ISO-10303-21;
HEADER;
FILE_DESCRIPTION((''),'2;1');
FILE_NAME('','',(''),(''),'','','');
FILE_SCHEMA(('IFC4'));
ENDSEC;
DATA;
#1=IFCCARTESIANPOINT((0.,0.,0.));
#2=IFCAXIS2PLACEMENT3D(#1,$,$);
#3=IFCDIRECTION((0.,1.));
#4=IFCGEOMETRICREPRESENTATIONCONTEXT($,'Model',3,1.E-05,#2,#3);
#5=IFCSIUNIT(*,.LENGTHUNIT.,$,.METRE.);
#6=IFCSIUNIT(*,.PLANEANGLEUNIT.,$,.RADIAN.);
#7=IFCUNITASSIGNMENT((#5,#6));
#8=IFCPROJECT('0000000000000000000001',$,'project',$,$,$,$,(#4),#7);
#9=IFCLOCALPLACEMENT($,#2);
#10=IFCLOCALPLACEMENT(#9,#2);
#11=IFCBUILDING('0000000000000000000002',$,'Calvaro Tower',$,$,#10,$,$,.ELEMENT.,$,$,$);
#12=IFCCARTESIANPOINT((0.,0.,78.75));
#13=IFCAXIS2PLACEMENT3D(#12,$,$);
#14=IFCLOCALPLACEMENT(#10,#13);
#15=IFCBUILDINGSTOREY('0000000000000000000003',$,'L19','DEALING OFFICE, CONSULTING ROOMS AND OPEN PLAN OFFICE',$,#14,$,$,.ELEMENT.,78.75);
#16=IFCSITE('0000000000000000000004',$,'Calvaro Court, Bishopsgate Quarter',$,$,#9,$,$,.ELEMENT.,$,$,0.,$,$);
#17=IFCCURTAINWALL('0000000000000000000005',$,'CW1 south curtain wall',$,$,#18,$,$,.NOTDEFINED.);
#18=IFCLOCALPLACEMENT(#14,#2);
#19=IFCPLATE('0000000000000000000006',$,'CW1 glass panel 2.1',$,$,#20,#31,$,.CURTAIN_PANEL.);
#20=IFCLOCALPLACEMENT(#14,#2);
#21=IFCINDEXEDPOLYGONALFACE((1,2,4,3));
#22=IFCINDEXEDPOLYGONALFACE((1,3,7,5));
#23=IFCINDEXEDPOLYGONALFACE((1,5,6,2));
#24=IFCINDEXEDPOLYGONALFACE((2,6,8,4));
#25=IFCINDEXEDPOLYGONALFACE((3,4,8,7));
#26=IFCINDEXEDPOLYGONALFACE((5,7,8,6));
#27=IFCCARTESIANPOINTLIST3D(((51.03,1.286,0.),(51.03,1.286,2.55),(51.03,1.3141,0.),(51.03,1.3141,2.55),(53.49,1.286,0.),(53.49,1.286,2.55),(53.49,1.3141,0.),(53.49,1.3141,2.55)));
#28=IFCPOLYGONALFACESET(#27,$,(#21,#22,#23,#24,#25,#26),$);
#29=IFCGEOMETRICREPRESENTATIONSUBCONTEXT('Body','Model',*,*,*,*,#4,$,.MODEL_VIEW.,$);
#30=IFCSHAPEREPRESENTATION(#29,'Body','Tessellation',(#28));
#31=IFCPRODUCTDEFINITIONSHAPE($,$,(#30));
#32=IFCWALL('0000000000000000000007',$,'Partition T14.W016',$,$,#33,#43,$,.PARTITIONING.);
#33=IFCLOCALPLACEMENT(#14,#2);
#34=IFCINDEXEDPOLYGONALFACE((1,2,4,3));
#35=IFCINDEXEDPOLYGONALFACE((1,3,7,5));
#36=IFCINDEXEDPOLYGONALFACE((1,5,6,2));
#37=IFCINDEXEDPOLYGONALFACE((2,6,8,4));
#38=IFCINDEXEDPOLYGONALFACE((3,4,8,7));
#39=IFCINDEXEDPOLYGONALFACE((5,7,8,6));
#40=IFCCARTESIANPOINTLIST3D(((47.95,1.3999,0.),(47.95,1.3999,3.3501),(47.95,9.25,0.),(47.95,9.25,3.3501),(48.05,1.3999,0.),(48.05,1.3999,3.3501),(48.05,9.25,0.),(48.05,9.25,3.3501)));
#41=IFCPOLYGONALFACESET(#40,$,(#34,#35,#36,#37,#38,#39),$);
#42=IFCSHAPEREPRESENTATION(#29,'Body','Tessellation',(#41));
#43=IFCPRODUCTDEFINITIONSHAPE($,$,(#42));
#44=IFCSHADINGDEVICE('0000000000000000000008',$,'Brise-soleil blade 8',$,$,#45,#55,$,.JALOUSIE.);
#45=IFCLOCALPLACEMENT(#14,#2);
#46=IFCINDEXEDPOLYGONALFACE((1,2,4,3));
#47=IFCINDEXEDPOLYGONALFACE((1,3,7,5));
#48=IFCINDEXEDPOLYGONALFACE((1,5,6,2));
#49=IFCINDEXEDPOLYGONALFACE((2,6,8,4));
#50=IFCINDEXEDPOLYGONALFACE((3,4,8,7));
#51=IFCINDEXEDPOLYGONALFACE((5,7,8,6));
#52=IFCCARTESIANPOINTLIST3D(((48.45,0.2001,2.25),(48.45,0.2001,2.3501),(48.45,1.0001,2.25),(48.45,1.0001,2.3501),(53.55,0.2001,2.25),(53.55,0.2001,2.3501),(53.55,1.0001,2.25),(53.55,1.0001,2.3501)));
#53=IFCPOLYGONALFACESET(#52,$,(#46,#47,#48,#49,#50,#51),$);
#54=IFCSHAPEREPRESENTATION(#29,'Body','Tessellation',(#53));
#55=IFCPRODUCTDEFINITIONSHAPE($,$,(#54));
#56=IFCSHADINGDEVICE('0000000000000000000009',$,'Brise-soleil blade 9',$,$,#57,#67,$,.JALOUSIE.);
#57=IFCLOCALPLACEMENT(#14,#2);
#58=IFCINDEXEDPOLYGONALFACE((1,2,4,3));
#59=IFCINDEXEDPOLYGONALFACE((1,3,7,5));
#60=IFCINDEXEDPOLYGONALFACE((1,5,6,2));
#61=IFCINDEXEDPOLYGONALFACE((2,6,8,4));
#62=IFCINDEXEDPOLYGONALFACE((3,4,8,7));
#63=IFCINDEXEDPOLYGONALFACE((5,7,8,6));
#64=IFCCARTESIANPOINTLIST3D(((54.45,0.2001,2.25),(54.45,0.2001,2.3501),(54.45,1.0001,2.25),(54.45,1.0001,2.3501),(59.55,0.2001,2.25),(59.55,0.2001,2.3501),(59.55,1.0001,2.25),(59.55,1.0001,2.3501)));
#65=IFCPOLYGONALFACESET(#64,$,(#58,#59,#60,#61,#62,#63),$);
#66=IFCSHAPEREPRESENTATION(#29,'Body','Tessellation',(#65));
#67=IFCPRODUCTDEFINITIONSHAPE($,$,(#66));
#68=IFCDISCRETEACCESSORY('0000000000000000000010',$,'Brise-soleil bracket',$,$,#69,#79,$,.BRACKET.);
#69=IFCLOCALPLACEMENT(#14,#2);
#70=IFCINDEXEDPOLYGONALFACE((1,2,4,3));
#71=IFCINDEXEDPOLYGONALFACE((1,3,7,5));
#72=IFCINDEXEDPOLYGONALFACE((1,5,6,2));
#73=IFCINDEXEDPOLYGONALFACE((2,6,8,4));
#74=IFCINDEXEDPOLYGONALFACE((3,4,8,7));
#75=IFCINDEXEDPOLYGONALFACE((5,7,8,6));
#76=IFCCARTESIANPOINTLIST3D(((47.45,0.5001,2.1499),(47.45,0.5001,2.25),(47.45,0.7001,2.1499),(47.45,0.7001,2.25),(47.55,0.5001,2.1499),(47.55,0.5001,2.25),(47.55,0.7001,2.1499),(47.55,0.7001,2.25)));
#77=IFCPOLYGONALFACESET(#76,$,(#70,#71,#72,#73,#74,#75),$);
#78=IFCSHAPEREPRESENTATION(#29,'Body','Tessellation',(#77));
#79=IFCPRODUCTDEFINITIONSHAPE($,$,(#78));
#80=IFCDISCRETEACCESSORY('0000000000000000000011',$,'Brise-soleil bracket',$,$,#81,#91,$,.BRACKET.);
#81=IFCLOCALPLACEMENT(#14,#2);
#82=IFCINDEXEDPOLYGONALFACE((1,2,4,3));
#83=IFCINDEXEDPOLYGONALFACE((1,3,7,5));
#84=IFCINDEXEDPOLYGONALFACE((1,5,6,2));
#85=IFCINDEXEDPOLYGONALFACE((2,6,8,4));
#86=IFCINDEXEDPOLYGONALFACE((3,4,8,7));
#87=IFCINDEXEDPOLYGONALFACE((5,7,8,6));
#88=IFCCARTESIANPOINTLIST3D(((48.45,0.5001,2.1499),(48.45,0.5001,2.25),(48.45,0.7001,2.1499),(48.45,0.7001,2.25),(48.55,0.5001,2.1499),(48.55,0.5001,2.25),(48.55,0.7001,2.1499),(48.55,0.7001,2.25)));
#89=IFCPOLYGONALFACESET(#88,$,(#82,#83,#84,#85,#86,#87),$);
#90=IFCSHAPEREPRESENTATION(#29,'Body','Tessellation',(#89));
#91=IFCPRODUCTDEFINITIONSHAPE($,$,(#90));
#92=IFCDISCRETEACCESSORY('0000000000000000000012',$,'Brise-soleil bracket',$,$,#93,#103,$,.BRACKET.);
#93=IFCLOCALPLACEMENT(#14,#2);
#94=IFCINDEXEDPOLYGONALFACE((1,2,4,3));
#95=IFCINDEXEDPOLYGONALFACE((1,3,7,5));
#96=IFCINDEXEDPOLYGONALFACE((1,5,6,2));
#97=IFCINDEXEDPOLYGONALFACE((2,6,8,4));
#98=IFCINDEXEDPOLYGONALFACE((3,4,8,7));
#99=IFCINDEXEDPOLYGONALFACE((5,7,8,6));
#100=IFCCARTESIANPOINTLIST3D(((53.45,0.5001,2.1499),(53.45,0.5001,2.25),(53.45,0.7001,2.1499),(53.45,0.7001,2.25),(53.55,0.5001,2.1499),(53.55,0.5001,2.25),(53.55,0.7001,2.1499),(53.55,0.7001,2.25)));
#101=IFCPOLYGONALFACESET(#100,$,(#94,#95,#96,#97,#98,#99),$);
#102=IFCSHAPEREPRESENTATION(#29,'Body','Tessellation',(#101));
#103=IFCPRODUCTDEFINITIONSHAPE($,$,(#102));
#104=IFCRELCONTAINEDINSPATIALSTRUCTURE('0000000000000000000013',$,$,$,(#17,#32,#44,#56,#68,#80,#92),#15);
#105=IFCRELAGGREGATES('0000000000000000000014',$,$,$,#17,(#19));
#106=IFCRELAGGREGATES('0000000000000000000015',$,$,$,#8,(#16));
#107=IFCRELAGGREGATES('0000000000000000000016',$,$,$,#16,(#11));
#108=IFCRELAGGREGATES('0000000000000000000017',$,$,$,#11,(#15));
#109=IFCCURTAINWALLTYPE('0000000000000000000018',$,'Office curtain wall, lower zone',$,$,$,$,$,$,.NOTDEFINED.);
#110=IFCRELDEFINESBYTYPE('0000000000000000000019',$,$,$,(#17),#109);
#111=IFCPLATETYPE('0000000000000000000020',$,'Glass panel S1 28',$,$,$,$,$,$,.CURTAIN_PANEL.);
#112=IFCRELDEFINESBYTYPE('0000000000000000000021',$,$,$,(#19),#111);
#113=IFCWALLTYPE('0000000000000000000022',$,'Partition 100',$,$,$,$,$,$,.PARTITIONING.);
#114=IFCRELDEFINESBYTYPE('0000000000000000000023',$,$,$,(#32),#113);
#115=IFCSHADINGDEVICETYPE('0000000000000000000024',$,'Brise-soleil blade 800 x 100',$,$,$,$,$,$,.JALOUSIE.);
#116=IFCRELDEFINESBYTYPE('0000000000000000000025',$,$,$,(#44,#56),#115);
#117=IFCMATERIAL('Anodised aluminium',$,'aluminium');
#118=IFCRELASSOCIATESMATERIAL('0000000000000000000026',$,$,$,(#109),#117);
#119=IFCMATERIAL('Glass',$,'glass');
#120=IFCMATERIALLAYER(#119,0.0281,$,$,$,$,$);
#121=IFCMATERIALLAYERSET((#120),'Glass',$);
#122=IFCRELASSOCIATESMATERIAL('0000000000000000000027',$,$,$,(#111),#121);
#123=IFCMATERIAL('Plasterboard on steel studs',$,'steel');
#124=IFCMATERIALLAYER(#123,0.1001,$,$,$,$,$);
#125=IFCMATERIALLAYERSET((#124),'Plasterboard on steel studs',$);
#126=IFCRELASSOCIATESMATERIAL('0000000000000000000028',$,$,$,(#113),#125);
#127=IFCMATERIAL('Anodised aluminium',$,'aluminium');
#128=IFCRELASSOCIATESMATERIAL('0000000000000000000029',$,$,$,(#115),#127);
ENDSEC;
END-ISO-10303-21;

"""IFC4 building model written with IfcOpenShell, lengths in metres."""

from ifc_helpers import new_model, si_unit, direction, frame, frame_2d, origin, origin_2d, place, context, subcontext, project, spatial, rectangle, extrude, material, layer, layer_set, material_profile, profile_set, type_object, element, aggregate, save


model = new_model("IFC4")

# Units and contexts
model_context = context("Model", 3, precision=1e-05, world=origin(), true_north=direction((0.0, 1.0)))
body_context = subcontext(model_context, "Body", "Model", "MODEL_VIEW")
ifc_project = project(units=[si_unit("LENGTHUNIT", "METRE"), si_unit("PLANEANGLEUNIT", "RADIAN")], contexts=[model_context])

# Site, building, storey
site_placement = place(None, origin())
site = spatial("IfcSite", under=ifc_project, at=site_placement, Name="Calvaro Court, Bishopsgate Quarter", CompositionType="ELEMENT", RefElevation=0.0)
building_placement = place(site_placement, origin())
building = spatial("IfcBuilding", under=site, at=building_placement, Name="Calvaro Tower", CompositionType="ELEMENT")
storey_placement = place(building_placement, frame((0.0, 0.0, 78.75)))
storey = spatial("IfcBuildingStorey", under=building, at=storey_placement, Name="L19", Description="DEALING OFFICE, CONSULTING ROOMS AND OPEN PLAN OFFICE", CompositionType="ELEMENT", Elevation=78.75)

# Curtain wall
ifc_material_1 = material(Name="Anodised aluminium", Category="aluminium")
curtain_wall_type = type_object("IfcCurtainWallType", Name="Office curtain wall, lower zone", PredefinedType="NOTDEFINED", material=ifc_material_1)
curtain_wall_1_placement = place(storey_placement, origin())
curtain_wall_1 = element("IfcCurtainWall", 1, at=curtain_wall_1_placement, inside=storey, type_object=curtain_wall_type, Name="CW1 south curtain wall", PredefinedType="NOTDEFINED")

# Plate
ifc_material_2 = material(Name="Glass", Category="glass")
ifc_layer_1 = layer(ifc_material_2, 0.0281)
ifc_layer_set_1 = layer_set([ifc_layer_1], Name="Glass")
plate_type = type_object("IfcPlateType", Name="Glass panel S1 28", PredefinedType="CURTAIN_PANEL", material=ifc_layer_set_1)
plate_1_placement = place(storey_placement, frame((52.26, 1.3, 0.0), z_axis=(0.0, 0.0, 1.0), x_axis=(1.0, 0.0, 0.0)))
plate_1 = element("IfcPlate", 2, at=plate_1_placement, type_object=plate_type, Name="CW1 glass panel 2.1", PredefinedType="CURTAIN_PANEL", context=body_context, shape_type="SweptSolid", body=[
    extrude(rectangle(XDim=2.46, YDim=0.0281, at=origin_2d()), origin(), (0.0, 0.0, 1.0), 2.55),
])
aggregate(curtain_wall_1, [plate_1])

# Wall
ifc_material_3 = material(Name="Plasterboard on steel studs", Category="steel")
ifc_layer_2 = layer(ifc_material_3, 0.1001)
ifc_layer_set_2 = layer_set([ifc_layer_2], Name="Plasterboard on steel studs")
wall_type = type_object("IfcWallType", Name="Partition 100", PredefinedType="PARTITIONING", material=ifc_layer_set_2)
wall_placement = place(storey_placement, frame((48.0, 1.3999, 0.0), z_axis=(0.0, 0.0, 1.0), x_axis=(0.0, 1.0, 0.0)))
element("IfcWall", 3, at=wall_placement, inside=storey, type_object=wall_type, Name="Partition T14.W016", PredefinedType="PARTITIONING", context=body_context, shape_type="SweptSolid", body=[
    extrude(rectangle(XDim=7.8501, YDim=0.1001, at=frame_2d((3.925, 0.0))), origin(), (0.0, 0.0, 1.0), 3.3501),
])

# Shading devices
ifc_material_4 = material(Name="Anodised aluminium", Category="aluminium")
ifc_material_profile_1 = material_profile(ifc_material_4, rectangle(XDim=0.8, YDim=0.1001, at=origin_2d()), Name="Brise-soleil blade 800 x 100")
ifc_profile_set_1 = profile_set([ifc_material_profile_1], Name="Anodised aluminium")
shading_device_type = type_object("IfcShadingDeviceType", Name="Brise-soleil blade 800 x 100", PredefinedType="JALOUSIE", material=ifc_profile_set_1)
for number, where, z_axis, x_axis, name in (
    (4, (48.45, 0.6001, 2.3), (1.0, 0.0, 0.0), (0.0, 1.0, 0.0), "Brise-soleil blade 8"),
    (5, (54.45, 0.6001, 2.3), (1.0, 0.0, 0.0), (0.0, 1.0, 0.0), "Brise-soleil blade 9"),
):
    element("IfcShadingDevice", number, at=place(storey_placement, frame(where, z_axis=z_axis, x_axis=x_axis)), inside=storey, type_object=shading_device_type, Name=name, PredefinedType="JALOUSIE", context=body_context, shape_type="SweptSolid", body=[
        extrude(rectangle(XDim=0.8, YDim=0.1001, at=origin_2d()), origin(), (0.0, 0.0, 1.0), 5.1001),
    ])

# Discrete accessories
for number, where, z_axis, x_axis, name in (
    (6, (47.5, 0.6001, 2.1499), (0.0, 0.0, 1.0), (1.0, 0.0, 0.0), "Brise-soleil bracket"),
    (7, (48.5, 0.6001, 2.1499), (0.0, 0.0, 1.0), (1.0, 0.0, 0.0), "Brise-soleil bracket"),
    (8, (53.5, 0.6001, 2.1499), (0.0, 0.0, 1.0), (1.0, 0.0, 0.0), "Brise-soleil bracket"),
):
    element("IfcDiscreteAccessory", number, at=place(storey_placement, frame(where, z_axis=z_axis, x_axis=x_axis)), inside=storey, Name=name, PredefinedType="BRACKET", context=body_context, shape_type="SweptSolid", body=[
        extrude(rectangle(XDim=0.1001, YDim=0.2, at=origin_2d()), origin(), (0.0, 0.0, 1.0), 0.1001),
    ])

save(model, "model.ifc")
